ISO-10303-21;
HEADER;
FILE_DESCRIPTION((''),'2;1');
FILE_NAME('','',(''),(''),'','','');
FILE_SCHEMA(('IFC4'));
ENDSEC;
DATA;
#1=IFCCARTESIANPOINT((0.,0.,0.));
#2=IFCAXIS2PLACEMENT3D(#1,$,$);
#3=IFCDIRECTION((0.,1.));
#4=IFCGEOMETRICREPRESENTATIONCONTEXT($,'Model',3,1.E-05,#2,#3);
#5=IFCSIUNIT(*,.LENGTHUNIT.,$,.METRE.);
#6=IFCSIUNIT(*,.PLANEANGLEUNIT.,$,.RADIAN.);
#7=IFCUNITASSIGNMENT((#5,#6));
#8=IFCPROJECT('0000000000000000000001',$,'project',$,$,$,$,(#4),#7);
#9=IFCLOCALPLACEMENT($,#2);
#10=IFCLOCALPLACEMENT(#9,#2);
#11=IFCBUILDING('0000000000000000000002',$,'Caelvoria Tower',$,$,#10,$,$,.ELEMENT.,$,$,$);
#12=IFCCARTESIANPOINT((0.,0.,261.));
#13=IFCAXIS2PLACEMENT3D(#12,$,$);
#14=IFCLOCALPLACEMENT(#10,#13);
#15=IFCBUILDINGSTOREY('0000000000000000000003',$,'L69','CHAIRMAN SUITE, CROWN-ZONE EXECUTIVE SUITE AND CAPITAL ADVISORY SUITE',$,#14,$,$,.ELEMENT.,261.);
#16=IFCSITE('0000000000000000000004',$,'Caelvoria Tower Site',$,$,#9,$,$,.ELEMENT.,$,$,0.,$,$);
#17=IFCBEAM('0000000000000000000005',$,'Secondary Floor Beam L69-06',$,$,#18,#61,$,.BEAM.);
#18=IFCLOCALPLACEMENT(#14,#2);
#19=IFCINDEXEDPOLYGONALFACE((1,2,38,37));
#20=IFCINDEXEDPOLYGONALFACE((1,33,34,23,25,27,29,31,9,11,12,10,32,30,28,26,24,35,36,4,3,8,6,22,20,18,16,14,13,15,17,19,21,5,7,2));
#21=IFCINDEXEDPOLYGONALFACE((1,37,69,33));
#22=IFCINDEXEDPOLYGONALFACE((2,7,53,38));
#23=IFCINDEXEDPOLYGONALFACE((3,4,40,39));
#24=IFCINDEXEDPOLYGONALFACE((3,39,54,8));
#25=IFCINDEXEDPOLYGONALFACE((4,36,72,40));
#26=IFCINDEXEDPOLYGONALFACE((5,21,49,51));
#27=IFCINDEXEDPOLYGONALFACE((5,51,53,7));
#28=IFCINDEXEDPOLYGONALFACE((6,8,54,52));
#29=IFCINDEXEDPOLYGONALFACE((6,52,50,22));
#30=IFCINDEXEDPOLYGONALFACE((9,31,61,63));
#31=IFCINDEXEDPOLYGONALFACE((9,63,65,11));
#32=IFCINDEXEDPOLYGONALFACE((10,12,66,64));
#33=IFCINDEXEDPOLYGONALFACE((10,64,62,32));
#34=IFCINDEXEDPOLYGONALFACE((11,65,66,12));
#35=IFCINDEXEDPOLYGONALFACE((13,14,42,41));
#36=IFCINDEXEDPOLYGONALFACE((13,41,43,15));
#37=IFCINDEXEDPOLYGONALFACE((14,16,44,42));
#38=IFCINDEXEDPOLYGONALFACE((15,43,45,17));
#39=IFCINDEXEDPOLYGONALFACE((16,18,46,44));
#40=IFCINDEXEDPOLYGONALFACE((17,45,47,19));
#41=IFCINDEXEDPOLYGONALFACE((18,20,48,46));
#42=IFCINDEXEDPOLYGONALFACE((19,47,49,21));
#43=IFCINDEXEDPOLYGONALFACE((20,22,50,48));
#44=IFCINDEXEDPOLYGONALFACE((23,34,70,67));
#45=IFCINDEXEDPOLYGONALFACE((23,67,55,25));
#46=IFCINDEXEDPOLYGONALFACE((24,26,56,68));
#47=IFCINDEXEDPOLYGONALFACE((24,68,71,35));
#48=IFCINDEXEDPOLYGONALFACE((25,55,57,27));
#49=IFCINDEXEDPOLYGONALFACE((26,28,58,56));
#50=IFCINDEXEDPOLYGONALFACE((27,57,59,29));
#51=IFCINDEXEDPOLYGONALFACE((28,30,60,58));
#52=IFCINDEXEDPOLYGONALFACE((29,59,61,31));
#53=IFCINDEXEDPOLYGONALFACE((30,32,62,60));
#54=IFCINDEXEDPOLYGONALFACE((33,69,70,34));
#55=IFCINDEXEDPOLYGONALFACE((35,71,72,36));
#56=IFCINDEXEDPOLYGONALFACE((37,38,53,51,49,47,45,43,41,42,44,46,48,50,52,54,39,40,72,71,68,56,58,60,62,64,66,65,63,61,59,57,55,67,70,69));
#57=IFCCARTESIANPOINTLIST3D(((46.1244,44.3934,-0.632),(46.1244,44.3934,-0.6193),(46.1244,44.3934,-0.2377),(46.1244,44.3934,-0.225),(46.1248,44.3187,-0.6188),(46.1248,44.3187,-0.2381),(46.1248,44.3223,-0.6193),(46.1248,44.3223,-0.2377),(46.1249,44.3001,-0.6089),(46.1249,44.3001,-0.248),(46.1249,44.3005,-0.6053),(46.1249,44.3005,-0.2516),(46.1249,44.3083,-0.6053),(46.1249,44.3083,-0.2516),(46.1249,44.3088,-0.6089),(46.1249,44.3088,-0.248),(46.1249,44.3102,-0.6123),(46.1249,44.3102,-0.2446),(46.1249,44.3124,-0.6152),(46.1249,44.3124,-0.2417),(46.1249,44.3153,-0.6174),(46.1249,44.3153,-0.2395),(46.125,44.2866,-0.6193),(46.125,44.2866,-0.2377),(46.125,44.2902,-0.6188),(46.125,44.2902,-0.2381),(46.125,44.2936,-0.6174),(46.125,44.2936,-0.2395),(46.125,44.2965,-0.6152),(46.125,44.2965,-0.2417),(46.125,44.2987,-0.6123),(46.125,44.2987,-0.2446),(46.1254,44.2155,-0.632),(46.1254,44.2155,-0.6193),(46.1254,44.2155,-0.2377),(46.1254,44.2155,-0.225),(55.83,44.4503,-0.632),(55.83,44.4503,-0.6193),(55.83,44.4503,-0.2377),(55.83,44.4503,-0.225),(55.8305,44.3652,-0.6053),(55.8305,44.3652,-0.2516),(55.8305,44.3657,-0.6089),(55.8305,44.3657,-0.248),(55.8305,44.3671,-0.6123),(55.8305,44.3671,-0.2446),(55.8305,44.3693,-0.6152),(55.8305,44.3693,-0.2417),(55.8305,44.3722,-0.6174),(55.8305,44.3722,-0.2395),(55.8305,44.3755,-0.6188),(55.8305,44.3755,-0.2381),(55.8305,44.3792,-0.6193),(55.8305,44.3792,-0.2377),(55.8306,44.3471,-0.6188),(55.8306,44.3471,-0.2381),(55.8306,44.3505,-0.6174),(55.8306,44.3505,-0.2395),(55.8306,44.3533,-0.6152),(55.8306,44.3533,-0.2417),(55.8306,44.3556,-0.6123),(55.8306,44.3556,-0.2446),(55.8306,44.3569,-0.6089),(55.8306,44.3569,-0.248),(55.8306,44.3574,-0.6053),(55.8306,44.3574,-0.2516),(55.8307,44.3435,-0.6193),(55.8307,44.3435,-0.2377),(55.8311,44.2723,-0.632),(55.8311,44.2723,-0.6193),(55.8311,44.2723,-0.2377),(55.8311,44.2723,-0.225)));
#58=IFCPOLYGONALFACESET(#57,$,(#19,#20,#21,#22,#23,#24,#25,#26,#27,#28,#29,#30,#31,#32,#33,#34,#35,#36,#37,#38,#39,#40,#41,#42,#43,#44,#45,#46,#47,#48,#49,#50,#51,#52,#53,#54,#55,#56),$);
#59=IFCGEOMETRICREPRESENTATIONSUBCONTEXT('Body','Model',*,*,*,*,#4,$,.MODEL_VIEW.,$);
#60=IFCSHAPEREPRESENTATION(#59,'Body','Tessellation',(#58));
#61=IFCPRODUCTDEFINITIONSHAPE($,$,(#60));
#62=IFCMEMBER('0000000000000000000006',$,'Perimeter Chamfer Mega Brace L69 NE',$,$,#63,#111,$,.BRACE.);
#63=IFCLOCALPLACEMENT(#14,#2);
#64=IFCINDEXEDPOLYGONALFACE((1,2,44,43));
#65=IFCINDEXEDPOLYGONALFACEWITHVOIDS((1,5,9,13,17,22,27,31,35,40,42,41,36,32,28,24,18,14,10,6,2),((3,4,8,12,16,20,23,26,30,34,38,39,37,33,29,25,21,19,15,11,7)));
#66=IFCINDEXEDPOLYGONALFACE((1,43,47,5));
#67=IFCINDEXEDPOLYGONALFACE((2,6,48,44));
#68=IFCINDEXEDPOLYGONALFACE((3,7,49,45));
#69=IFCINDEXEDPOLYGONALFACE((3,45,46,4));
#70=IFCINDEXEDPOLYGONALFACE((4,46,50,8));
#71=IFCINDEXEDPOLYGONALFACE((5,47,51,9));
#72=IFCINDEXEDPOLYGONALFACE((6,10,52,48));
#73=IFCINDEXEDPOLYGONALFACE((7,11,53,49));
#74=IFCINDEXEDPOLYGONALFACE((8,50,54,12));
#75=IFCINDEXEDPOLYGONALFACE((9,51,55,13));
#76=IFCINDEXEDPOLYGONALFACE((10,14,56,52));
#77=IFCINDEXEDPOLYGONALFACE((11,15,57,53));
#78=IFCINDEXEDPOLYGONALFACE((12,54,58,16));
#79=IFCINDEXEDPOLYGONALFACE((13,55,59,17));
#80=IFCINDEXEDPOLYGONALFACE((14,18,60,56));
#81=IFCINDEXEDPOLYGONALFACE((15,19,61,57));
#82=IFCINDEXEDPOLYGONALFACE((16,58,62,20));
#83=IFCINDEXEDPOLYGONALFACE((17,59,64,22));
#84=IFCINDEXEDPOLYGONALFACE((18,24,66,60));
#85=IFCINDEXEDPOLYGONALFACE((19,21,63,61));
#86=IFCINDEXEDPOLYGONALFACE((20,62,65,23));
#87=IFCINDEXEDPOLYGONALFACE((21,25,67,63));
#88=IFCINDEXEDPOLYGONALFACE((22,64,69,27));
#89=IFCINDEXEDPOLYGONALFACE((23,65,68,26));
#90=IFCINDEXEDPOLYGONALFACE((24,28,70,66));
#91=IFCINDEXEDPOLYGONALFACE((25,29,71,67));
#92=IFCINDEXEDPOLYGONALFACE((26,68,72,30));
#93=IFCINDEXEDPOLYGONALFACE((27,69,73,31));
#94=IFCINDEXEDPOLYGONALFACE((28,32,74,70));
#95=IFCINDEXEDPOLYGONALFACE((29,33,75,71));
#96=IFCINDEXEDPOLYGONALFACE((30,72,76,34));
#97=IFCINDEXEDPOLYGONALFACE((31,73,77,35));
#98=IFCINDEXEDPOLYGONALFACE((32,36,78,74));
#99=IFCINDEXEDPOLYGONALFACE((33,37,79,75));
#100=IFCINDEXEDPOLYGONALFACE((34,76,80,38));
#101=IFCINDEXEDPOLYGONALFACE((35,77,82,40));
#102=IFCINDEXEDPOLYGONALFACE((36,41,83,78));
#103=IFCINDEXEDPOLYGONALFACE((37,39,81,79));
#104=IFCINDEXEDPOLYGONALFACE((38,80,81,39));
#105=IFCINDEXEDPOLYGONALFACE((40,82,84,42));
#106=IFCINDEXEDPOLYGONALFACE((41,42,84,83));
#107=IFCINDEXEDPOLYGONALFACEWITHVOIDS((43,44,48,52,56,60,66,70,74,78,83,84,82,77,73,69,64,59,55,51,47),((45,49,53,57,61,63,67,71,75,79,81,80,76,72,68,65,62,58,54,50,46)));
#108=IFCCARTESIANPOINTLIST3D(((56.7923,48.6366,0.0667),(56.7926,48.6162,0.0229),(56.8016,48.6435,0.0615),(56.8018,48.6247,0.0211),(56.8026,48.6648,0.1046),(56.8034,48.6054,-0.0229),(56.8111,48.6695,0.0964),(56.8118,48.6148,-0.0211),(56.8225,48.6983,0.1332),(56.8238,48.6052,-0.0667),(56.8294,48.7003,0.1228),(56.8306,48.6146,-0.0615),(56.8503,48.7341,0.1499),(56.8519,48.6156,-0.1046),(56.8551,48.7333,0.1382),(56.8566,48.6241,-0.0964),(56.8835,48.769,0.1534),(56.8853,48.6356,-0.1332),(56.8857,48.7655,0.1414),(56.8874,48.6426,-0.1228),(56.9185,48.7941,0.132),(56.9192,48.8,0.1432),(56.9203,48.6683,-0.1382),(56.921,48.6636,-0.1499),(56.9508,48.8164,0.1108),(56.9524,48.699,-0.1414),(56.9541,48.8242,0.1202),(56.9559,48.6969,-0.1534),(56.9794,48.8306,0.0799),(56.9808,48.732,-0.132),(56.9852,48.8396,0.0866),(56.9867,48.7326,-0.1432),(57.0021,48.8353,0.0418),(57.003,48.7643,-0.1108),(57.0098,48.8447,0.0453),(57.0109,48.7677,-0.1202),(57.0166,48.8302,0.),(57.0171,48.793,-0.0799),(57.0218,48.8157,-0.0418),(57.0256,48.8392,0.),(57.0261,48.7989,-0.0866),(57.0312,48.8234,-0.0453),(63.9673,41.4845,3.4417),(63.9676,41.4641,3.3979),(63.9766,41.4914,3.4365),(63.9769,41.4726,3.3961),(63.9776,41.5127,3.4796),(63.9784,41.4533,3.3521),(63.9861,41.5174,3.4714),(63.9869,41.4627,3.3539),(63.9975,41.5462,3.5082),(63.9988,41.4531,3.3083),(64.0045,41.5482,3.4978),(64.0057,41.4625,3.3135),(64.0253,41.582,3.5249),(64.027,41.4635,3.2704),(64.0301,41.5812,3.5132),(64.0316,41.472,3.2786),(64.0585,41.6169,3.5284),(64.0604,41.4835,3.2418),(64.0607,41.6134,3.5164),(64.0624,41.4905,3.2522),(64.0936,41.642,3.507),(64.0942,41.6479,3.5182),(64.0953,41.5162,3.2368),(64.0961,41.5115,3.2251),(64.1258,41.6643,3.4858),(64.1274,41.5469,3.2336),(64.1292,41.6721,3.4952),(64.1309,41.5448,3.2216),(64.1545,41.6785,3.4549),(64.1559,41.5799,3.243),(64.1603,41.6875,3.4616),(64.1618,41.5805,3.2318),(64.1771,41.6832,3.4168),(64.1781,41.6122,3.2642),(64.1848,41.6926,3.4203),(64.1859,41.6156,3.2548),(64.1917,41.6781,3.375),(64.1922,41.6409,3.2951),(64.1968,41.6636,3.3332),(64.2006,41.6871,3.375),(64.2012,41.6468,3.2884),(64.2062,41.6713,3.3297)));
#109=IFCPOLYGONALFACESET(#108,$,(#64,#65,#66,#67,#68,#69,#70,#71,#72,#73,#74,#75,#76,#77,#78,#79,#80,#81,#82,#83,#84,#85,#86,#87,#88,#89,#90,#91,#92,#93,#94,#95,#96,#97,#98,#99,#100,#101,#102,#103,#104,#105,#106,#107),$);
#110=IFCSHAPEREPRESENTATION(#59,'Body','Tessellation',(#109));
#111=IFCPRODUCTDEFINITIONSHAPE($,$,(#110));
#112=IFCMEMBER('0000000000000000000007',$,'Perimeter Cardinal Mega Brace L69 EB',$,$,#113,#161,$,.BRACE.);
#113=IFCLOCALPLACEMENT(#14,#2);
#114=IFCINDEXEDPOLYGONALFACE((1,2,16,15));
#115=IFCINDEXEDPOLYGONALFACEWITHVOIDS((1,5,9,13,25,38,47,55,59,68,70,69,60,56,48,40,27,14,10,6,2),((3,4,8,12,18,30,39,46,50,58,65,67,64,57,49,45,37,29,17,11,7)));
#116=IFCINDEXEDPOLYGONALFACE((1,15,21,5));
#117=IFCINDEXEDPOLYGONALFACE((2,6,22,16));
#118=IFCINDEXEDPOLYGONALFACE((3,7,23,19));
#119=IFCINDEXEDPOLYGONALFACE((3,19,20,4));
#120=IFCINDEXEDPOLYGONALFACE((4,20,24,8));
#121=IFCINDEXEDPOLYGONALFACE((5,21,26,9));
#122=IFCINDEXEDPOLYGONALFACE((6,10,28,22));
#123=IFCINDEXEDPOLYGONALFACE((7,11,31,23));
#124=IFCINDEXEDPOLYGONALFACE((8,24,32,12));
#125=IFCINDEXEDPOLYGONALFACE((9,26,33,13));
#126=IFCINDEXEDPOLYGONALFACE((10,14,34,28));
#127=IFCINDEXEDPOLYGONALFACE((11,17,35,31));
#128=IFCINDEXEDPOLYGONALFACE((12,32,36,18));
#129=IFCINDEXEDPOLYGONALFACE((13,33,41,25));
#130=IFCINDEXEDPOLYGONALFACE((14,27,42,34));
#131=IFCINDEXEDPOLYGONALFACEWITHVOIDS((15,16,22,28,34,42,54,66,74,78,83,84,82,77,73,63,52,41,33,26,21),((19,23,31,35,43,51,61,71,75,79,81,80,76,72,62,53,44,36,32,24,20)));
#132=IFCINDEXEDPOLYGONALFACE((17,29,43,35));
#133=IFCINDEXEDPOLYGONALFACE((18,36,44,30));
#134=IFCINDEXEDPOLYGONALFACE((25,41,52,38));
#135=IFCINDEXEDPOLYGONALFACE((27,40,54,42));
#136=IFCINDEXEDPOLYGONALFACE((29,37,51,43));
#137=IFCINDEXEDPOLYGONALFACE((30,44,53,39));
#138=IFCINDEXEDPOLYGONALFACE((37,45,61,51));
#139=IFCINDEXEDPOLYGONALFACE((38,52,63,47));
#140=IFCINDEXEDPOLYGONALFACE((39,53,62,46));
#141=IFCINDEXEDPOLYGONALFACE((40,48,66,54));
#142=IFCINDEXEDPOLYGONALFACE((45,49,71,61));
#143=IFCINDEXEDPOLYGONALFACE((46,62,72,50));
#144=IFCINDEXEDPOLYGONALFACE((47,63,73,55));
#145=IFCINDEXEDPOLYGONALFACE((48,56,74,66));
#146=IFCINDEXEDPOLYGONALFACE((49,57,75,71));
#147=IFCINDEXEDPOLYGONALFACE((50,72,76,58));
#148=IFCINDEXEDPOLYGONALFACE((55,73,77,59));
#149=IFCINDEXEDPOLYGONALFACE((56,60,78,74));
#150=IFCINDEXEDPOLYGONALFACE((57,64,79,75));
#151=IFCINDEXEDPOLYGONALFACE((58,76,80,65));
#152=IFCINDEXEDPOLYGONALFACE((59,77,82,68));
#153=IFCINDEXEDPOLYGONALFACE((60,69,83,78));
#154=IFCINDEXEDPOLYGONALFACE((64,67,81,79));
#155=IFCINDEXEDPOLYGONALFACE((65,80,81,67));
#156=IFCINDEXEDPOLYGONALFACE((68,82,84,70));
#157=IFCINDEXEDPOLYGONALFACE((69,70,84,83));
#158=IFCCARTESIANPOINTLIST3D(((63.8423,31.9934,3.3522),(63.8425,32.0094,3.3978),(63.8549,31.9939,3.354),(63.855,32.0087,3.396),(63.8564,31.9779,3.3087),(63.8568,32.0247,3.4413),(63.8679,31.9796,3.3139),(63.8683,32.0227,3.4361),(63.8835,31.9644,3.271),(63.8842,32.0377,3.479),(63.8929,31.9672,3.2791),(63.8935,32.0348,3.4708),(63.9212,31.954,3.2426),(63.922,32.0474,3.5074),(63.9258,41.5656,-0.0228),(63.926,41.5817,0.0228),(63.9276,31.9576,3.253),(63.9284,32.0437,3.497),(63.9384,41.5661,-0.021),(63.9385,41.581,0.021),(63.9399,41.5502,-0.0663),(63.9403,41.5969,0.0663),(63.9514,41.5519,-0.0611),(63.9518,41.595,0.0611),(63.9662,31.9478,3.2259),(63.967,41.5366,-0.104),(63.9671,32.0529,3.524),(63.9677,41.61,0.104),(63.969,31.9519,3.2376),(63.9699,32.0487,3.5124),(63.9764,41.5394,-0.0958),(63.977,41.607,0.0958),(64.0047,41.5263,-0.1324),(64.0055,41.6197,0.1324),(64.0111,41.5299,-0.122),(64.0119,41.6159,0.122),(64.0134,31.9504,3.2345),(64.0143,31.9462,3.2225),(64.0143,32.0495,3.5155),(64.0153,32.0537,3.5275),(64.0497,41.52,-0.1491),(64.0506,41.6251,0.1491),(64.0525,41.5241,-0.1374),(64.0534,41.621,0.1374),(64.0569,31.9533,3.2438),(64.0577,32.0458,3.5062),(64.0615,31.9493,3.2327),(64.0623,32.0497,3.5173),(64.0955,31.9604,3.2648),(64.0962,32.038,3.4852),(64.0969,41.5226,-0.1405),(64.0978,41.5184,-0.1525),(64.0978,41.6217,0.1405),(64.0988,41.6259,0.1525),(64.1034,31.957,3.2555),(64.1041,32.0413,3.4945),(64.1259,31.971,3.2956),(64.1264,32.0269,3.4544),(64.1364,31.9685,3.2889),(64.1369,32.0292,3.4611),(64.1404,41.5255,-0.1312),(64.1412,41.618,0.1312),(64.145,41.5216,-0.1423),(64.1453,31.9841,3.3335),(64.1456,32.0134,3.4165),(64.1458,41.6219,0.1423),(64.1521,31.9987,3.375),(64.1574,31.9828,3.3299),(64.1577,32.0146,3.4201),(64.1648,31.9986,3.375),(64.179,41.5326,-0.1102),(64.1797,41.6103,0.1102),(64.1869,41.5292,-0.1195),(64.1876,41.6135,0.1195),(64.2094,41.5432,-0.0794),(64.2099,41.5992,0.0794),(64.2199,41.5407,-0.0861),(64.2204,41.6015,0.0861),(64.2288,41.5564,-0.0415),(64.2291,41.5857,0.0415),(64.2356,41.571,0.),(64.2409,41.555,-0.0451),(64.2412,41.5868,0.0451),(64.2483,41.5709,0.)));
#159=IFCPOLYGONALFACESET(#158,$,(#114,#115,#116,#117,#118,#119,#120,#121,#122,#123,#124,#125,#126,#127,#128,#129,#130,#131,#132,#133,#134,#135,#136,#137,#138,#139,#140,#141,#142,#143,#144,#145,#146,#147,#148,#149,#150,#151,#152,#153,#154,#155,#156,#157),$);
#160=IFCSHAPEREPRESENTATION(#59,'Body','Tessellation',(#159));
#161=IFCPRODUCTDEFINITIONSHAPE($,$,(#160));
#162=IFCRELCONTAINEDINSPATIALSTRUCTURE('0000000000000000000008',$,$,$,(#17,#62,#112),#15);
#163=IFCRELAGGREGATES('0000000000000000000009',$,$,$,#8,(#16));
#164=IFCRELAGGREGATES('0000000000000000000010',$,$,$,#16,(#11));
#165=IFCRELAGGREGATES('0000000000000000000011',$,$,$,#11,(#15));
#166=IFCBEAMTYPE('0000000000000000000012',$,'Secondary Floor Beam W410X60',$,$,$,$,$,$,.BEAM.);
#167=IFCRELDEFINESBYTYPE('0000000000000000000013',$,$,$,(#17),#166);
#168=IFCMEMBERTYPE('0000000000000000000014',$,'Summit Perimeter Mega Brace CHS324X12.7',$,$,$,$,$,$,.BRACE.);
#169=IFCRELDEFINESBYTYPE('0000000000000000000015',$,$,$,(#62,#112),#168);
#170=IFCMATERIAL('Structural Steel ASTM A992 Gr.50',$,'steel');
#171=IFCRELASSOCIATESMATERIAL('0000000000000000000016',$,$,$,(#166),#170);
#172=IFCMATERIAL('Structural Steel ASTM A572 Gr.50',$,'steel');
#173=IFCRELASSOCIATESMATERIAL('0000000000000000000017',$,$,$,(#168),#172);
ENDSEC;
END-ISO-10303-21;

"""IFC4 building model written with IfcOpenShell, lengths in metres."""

from ifc_helpers import new_model, si_unit, direction, frame, origin, origin_2d, place, context, subcontext, project, spatial, hollow_circle, i_section, extrude, material, material_profile, profile_set, type_object, element, save


model = new_model("IFC4")

# Units and contexts
model_context = context("Model", 3, precision=1e-05, world=origin(), true_north=direction((0.0, 1.0)))
body_context = subcontext(model_context, "Body", "Model", "MODEL_VIEW")
ifc_project = project(units=[si_unit("LENGTHUNIT", "METRE"), si_unit("PLANEANGLEUNIT", "RADIAN")], contexts=[model_context])

# Site, building, storey
site_placement = place(None, origin())
site = spatial("IfcSite", under=ifc_project, at=site_placement, Name="Caelvoria Tower Site", CompositionType="ELEMENT", RefElevation=0.0)
building_placement = place(site_placement, origin())
building = spatial("IfcBuilding", under=site, at=building_placement, Name="Caelvoria Tower", CompositionType="ELEMENT")
storey_placement = place(building_placement, frame((0.0, 0.0, 261.0)))
storey = spatial("IfcBuildingStorey", under=building, at=storey_placement, Name="L69", Description="CHAIRMAN SUITE, CROWN-ZONE EXECUTIVE SUITE AND CAPITAL ADVISORY SUITE", CompositionType="ELEMENT", Elevation=261.0)

# Shared definitions
ifc_material_1 = material(Name="Structural Steel ASTM A572 Gr.50", Category="steel")

# Beam
ifc_material_2 = material(Name="Structural Steel ASTM A992 Gr.50", Category="steel")
ifc_material_profile_1 = material_profile(ifc_material_2, i_section(OverallWidth=0.178, OverallDepth=0.407, WebThickness=0.0078, FlangeThickness=0.0127, FilletRadius=0.0139, at=origin_2d()), Name="Structural Steel ASTM A992 Gr.50")
ifc_profile_set_1 = profile_set([ifc_material_profile_1], Name="W410X60 - Structural Steel ASTM A992 Gr.50")
beam_type_1 = type_object("IfcBeamType", Name="Secondary Floor Beam W410X60", PredefinedType="BEAM", material=ifc_profile_set_1)
beam_1_placement = place(storey_placement, frame((55.8306, 44.3613, -0.4285), z_axis=(-0.999983, -0.005861, 0.0), x_axis=(0.005861, -0.999983, 0.0)))
element("IfcBeam", 1, at=beam_1_placement, inside=storey, type_object=beam_type_1, Name="Secondary Floor Beam L69-06", PredefinedType="BEAM", context=body_context, shape_type="SweptSolid", body=[
    extrude(i_section(OverallWidth=0.178, OverallDepth=0.407, WebThickness=0.0078, FlangeThickness=0.0127, FilletRadius=0.0139, at=origin_2d()), origin(), (0.0, 0.0, 1.0), 9.7058),
])

# Members
ifc_material_profile_2 = material_profile(ifc_material_1, hollow_circle(Radius=0.1621, WallThickness=0.0127, at=origin_2d()), Name="Structural Steel ASTM A572 Gr.50")
ifc_profile_set_2 = profile_set([ifc_material_profile_2], Name="CHS324X12.7 - Structural Steel ASTM A572 Gr.50")
member_type = type_object("IfcMemberType", Name="Summit Perimeter Mega Brace CHS324X12.7", PredefinedType="BRACE", material=ifc_profile_set_2)
member_1_placement = place(storey_placement, frame((56.9111, 48.7244, 0.0), z_axis=(0.671933, -0.669784, 0.316064), x_axis=(0.705973, 0.708239, 0.0)))
element("IfcMember", 2, at=member_1_placement, inside=storey, type_object=member_type, Name="Perimeter Chamfer Mega Brace L69 NE", PredefinedType="BRACE", context=body_context, shape_type="SweptSolid", body=[
    extrude(hollow_circle(Radius=0.1621, WallThickness=0.0127, at=origin_2d()), origin(), (0.0, 0.0, 1.0), 10.6782),
])
member_2_placement = place(storey_placement, frame((64.0862, 41.5723, 0.0), z_axis=(-0.008226, -0.943065, 0.332507), x_axis=(0.999962, -0.008722, 0.0)))
element("IfcMember", 3, at=member_2_placement, inside=storey, type_object=member_type, Name="Perimeter Cardinal Mega Brace L69 EB", PredefinedType="BRACE", context=body_context, shape_type="SweptSolid", body=[
    extrude(hollow_circle(Radius=0.1621, WallThickness=0.0127, at=origin_2d()), origin(), (0.0, 0.0, 1.0), 10.1501),
])

save(model, "model.ifc")
